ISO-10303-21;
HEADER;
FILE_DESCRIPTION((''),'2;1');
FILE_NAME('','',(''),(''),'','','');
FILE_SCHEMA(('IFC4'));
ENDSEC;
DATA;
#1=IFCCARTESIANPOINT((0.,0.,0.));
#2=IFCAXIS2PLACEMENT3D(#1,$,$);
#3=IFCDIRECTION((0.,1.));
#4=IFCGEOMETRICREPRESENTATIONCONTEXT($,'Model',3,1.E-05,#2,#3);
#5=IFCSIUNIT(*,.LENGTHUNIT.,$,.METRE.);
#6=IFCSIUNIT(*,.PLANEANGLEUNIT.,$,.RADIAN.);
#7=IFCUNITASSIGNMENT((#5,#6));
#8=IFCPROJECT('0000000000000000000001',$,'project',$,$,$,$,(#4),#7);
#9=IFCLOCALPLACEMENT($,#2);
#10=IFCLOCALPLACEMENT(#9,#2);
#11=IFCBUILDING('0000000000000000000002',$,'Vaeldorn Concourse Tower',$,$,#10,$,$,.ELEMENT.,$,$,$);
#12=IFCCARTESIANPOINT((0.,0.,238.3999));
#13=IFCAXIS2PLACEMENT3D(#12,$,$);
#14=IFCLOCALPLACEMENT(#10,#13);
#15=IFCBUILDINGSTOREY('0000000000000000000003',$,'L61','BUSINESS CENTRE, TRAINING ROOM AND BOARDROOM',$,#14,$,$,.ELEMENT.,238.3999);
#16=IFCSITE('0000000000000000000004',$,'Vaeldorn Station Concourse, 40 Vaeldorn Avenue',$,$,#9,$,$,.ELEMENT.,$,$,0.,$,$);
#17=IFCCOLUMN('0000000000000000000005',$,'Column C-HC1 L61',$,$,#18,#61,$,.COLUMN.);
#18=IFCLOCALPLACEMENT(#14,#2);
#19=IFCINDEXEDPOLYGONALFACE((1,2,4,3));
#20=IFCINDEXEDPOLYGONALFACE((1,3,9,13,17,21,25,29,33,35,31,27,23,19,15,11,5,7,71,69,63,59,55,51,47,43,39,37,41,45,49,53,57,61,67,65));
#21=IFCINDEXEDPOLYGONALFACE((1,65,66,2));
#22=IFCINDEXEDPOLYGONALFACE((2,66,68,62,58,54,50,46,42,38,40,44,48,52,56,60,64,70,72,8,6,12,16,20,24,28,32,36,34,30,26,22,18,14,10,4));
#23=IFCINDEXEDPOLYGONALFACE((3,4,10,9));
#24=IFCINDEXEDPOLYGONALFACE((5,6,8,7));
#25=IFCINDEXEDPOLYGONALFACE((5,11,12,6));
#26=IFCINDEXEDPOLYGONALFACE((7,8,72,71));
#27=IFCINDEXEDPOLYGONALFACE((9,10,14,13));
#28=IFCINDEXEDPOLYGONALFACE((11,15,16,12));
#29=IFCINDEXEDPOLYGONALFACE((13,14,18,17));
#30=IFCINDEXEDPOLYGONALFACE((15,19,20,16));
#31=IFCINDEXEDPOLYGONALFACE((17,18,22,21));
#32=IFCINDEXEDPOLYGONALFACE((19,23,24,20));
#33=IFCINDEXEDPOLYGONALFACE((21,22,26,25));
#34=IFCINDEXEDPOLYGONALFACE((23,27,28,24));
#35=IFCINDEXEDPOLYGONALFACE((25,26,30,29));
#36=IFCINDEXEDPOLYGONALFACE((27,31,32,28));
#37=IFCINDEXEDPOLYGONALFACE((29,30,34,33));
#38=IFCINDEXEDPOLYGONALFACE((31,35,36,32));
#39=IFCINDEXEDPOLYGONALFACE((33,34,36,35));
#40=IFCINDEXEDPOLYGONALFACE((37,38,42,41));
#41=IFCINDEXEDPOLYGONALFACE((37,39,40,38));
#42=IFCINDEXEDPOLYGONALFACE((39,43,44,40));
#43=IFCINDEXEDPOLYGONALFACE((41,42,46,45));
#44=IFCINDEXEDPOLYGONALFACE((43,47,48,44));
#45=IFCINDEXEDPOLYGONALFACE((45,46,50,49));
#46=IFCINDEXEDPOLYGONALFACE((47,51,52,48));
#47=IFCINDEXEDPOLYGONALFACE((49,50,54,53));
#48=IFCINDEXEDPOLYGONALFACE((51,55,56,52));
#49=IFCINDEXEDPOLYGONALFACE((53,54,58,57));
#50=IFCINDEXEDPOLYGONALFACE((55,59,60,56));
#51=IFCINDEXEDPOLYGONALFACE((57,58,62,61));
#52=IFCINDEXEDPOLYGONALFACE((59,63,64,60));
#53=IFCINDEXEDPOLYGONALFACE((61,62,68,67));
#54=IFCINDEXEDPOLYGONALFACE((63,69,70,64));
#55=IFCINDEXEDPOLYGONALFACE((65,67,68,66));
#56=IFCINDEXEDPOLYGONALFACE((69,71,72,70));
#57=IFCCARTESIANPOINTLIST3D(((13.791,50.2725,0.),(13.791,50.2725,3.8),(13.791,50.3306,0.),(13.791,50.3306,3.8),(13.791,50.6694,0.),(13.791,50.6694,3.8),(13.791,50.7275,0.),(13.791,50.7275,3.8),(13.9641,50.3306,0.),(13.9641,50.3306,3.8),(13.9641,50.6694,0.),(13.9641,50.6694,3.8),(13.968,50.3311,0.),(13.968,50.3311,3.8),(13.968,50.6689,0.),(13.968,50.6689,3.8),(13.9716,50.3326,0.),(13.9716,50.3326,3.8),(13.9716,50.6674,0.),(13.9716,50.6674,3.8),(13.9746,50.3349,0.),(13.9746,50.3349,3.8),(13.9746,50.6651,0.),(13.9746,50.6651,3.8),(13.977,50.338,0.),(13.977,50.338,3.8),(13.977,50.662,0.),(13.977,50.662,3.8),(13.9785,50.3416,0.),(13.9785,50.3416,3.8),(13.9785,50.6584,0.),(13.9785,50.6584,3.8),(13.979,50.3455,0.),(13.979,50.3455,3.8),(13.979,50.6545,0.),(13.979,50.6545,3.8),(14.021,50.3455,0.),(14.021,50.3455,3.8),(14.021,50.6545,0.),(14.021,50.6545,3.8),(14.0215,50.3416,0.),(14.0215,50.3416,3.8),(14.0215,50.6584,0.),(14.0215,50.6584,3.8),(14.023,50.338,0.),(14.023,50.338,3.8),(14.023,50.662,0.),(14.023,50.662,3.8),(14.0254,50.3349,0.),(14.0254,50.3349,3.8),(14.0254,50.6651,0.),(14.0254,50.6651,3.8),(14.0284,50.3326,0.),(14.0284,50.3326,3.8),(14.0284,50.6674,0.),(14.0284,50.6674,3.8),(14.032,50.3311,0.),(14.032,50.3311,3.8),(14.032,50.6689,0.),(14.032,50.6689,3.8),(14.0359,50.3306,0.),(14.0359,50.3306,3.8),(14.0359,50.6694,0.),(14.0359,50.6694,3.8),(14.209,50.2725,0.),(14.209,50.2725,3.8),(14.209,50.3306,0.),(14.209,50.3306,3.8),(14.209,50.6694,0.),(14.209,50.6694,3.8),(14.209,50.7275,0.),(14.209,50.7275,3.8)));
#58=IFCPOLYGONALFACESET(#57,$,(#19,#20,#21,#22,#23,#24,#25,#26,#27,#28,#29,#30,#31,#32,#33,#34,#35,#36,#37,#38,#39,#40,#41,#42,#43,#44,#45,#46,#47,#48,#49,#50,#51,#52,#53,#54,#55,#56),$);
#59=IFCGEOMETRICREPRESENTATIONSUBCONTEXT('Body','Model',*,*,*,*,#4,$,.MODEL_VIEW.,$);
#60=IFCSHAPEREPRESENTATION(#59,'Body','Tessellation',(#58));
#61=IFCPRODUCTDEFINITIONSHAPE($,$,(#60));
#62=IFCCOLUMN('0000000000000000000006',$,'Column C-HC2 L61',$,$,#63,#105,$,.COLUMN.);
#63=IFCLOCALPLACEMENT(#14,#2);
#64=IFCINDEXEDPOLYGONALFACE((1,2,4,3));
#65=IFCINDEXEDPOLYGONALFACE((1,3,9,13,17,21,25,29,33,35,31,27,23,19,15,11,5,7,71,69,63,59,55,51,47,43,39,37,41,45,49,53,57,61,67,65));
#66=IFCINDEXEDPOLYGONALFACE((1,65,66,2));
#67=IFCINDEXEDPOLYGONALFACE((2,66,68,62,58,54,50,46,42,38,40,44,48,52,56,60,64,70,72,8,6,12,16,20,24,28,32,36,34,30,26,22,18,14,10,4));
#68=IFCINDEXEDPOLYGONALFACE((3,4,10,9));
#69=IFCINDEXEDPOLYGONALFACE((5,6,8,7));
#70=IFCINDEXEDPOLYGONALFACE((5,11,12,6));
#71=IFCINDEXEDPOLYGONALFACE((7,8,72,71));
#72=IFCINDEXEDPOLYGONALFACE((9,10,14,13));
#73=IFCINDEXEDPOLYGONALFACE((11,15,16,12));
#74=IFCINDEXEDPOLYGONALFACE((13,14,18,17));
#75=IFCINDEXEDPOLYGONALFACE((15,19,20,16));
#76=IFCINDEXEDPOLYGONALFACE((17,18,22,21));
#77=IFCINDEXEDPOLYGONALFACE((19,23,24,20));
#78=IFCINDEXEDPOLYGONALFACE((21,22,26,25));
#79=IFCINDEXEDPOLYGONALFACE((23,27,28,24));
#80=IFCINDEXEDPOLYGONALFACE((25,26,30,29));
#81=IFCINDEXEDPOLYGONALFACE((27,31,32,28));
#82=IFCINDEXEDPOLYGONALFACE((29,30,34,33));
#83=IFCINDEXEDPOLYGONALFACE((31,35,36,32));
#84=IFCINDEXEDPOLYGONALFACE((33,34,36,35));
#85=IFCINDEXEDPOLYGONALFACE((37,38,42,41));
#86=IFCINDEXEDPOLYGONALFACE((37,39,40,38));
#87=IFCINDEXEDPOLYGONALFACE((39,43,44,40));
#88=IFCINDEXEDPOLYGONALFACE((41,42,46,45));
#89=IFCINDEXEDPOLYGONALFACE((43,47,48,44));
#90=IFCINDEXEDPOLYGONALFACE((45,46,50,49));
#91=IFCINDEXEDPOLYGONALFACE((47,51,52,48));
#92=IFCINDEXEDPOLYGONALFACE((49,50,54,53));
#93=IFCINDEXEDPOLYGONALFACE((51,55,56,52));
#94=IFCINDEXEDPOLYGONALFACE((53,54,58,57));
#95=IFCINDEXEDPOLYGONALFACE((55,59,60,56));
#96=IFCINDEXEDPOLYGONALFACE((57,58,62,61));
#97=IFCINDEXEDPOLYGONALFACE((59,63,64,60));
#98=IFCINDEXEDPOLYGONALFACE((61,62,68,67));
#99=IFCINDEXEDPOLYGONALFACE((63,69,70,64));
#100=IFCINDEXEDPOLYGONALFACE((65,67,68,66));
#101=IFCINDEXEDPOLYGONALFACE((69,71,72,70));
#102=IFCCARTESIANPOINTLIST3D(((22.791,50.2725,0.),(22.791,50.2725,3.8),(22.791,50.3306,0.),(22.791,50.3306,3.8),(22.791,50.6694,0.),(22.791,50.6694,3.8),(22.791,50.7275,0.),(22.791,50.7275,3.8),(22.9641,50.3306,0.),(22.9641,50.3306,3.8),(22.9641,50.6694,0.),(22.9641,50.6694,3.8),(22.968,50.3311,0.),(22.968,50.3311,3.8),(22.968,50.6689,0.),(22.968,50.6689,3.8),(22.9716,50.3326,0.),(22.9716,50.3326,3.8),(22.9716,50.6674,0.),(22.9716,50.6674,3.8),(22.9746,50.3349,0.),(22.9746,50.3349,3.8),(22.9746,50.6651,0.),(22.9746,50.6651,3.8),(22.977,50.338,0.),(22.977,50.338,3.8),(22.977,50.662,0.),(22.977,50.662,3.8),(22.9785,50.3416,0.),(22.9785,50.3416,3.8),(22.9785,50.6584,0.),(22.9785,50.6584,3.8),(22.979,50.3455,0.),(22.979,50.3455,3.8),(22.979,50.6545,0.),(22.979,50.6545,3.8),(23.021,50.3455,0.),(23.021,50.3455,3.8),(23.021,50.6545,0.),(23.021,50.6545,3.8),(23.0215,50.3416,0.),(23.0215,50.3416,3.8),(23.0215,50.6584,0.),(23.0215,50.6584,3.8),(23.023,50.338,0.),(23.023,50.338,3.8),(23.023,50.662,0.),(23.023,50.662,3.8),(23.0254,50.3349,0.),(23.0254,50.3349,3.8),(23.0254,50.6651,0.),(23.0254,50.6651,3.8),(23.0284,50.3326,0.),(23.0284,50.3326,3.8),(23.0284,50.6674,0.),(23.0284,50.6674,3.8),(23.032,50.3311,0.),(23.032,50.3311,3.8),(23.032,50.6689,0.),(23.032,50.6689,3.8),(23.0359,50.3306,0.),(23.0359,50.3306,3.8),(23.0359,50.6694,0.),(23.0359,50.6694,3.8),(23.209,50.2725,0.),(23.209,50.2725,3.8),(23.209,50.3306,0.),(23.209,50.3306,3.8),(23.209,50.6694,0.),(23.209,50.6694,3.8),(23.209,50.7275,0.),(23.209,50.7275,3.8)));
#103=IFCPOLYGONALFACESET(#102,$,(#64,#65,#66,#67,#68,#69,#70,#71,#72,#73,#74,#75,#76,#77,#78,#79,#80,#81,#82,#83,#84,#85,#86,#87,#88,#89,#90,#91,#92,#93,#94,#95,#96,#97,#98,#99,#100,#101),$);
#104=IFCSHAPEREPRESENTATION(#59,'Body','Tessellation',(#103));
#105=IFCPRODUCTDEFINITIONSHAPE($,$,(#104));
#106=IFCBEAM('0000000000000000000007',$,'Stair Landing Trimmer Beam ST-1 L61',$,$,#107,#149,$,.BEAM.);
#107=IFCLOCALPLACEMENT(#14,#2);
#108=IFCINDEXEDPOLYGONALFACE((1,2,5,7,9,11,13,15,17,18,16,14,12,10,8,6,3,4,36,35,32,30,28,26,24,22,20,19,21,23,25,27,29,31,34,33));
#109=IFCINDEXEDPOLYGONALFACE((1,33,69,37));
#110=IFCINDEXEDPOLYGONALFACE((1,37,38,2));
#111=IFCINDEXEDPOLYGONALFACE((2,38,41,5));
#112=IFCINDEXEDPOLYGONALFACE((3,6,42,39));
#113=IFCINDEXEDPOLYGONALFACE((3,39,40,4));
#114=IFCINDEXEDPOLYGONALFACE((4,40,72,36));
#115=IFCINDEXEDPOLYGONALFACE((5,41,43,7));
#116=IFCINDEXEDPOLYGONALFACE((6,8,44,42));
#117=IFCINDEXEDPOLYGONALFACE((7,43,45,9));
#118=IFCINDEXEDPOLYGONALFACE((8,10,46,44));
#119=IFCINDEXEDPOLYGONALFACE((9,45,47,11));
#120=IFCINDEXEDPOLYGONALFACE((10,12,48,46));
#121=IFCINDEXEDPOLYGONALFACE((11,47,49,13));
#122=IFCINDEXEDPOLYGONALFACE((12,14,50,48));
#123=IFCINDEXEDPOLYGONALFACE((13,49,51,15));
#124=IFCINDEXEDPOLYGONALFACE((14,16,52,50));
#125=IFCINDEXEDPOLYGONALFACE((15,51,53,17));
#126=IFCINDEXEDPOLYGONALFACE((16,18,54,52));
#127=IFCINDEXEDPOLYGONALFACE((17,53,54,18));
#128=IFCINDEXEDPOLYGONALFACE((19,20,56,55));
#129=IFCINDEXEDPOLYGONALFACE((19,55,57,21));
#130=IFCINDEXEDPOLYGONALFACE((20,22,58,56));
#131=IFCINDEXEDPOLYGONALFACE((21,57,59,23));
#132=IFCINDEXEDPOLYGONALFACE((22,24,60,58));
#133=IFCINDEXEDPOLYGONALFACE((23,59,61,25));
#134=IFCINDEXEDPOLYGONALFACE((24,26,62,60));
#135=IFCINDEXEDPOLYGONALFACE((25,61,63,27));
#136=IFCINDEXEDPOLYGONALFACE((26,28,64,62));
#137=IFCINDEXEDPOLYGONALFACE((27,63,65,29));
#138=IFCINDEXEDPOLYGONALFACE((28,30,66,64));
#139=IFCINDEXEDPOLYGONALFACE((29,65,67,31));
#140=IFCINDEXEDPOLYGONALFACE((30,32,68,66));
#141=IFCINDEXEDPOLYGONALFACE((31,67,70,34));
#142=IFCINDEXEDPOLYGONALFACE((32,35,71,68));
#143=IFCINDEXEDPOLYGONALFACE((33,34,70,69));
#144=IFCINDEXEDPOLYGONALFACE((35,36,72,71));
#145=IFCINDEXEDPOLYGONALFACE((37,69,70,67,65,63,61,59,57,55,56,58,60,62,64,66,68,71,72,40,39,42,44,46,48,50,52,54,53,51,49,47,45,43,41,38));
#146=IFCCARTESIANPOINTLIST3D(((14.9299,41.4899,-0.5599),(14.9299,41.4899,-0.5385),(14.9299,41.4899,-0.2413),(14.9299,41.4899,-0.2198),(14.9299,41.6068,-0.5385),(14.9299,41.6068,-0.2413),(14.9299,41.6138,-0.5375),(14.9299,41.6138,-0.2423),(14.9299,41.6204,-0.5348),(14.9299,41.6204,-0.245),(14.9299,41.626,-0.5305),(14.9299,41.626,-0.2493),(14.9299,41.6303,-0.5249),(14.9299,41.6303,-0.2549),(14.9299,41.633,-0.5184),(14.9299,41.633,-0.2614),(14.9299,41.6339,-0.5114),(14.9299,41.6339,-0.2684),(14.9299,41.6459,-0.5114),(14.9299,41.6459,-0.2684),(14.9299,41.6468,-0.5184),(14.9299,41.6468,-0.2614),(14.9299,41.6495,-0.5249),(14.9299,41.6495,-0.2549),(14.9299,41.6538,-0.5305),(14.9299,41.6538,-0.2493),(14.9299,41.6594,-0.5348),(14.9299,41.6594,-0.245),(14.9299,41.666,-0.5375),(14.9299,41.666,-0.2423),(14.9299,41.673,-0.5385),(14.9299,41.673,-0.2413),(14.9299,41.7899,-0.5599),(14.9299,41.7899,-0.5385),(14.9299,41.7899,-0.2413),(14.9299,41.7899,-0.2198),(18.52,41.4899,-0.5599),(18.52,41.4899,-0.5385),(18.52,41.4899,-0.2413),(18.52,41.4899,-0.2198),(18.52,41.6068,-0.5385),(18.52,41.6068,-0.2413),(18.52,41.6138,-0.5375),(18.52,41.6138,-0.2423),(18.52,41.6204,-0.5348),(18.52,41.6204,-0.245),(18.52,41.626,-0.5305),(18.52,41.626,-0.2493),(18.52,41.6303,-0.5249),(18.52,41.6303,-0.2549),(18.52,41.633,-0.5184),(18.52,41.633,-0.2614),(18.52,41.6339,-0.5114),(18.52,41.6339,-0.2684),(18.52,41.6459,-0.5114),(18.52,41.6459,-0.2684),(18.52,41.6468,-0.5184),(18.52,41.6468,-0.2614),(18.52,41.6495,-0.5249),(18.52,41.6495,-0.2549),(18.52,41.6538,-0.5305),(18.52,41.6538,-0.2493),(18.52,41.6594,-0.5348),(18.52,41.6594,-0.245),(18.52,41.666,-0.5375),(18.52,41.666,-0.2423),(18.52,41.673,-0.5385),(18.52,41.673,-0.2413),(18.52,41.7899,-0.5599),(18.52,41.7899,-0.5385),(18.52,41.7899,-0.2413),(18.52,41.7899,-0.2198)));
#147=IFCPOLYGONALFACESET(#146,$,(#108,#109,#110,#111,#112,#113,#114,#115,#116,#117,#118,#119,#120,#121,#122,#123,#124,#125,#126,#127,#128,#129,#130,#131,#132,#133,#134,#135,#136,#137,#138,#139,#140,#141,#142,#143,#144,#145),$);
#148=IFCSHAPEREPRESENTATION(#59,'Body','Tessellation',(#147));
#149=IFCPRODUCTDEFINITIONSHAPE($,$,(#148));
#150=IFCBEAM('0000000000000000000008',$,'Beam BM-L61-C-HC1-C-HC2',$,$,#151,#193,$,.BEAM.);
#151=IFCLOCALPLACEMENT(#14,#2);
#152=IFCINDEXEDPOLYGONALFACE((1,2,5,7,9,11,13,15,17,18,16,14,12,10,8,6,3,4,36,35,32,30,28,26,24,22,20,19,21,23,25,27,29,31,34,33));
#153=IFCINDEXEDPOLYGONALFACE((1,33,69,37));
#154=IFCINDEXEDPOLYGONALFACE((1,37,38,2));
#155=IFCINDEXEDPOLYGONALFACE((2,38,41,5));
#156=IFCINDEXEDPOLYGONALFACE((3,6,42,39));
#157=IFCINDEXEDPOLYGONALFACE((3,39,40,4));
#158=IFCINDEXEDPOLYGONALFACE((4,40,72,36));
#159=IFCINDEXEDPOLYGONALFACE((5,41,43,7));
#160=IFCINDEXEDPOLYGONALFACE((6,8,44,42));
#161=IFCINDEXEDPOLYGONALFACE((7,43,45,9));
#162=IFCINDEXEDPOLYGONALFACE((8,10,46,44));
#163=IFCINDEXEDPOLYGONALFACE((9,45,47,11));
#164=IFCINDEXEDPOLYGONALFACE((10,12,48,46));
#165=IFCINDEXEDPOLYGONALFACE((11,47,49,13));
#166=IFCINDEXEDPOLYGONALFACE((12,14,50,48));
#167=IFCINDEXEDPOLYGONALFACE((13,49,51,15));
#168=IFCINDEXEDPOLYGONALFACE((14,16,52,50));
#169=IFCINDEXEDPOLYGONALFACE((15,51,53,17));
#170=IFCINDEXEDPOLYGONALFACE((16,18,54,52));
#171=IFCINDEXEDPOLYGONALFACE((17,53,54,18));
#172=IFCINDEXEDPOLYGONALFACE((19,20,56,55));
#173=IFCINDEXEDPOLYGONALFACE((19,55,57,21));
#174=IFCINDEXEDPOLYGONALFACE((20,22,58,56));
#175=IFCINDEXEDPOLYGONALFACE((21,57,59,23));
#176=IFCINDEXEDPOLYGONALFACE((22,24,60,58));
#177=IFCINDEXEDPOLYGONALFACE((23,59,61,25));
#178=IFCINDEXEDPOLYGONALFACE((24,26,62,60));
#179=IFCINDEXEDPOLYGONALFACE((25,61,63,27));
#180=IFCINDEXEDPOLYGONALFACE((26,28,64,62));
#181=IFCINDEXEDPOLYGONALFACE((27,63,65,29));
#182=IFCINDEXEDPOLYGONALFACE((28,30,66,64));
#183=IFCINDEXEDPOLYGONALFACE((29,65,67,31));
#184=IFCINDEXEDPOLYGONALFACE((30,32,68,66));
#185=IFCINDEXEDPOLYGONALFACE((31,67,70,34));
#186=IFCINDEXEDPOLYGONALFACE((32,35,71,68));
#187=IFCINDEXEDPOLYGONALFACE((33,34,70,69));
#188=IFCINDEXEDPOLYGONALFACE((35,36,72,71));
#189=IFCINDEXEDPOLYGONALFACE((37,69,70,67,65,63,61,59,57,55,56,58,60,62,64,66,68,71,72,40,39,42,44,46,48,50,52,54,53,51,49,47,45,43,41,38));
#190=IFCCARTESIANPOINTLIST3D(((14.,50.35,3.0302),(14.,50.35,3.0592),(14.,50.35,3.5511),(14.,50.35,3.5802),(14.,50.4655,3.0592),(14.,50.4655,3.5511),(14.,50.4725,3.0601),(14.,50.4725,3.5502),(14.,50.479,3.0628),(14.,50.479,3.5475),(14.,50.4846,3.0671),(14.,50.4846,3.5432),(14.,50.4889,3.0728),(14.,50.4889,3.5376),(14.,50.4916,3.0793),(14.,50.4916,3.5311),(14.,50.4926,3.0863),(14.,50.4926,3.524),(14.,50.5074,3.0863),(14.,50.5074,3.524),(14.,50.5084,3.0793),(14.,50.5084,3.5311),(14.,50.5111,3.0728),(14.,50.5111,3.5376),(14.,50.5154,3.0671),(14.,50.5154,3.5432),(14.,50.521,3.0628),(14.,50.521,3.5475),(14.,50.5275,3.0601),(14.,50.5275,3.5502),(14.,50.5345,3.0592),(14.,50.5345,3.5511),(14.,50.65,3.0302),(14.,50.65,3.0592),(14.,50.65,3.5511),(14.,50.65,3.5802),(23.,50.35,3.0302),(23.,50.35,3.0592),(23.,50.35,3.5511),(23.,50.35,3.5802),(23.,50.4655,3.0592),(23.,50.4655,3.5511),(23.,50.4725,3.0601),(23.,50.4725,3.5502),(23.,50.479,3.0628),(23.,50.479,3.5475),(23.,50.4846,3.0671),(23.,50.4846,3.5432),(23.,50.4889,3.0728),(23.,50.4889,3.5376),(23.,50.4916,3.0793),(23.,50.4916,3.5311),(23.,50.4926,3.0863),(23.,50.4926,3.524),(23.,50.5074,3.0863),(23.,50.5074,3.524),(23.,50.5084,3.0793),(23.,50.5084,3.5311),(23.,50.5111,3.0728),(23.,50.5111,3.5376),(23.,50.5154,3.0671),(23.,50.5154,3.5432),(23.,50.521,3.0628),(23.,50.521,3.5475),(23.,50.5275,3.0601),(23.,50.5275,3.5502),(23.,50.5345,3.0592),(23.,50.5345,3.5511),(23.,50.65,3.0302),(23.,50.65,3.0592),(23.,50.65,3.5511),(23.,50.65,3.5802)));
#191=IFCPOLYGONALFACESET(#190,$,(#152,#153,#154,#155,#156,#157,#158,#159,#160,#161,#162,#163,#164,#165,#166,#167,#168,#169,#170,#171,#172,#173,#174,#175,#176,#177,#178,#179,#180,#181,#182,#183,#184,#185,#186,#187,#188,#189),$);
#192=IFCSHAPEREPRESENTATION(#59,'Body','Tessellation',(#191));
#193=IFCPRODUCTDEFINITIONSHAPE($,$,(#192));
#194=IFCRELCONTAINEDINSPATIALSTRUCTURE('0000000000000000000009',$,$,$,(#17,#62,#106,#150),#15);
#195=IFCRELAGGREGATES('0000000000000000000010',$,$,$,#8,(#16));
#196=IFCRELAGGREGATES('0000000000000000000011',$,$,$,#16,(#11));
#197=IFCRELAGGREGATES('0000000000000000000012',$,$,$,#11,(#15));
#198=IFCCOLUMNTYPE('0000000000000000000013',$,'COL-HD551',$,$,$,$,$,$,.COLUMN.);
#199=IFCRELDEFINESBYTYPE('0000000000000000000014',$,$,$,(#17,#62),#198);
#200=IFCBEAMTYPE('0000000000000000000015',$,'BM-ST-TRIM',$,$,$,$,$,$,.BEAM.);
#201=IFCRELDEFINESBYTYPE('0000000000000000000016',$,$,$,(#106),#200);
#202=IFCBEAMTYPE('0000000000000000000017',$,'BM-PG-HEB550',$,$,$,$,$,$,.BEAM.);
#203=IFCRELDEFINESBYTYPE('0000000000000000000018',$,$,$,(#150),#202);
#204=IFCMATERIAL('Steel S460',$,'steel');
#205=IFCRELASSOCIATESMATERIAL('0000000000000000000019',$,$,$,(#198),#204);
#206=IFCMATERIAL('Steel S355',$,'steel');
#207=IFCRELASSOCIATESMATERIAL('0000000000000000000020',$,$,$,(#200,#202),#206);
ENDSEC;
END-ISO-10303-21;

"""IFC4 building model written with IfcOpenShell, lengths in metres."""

from ifc_helpers import new_model, si_unit, direction, frame, origin, origin_2d, place, context, subcontext, project, spatial, i_section, extrude, source, transform, mapped, material, material_profile, profile_set, type_object, element, save


model = new_model("IFC4")

# Units and contexts
model_context = context("Model", 3, precision=1e-05, world=origin(), true_north=direction((0.0, 1.0)))
body_context = subcontext(model_context, "Body", "Model", "MODEL_VIEW")
ifc_project = project(units=[si_unit("LENGTHUNIT", "METRE"), si_unit("PLANEANGLEUNIT", "RADIAN")], contexts=[model_context])

# Site, building, storey
site_placement = place(None, origin())
site = spatial("IfcSite", under=ifc_project, at=site_placement, Name="Vaeldorn Station Concourse, 40 Vaeldorn Avenue", CompositionType="ELEMENT", RefElevation=0.0)
building_placement = place(site_placement, origin())
building = spatial("IfcBuilding", under=site, at=building_placement, Name="Vaeldorn Concourse Tower", CompositionType="ELEMENT")
storey_placement = place(building_placement, frame((0.0, 0.0, 238.3999)))
storey = spatial("IfcBuildingStorey", under=building, at=storey_placement, Name="L61", Description="BUSINESS CENTRE, TRAINING ROOM AND BOARDROOM", CompositionType="ELEMENT", Elevation=238.3999)

# Columns
ifc_material_1 = material(Name="Steel S460", Category="steel")
ifc_material_profile_1 = material_profile(ifc_material_1, i_section(OverallWidth=0.418, OverallDepth=0.4551, WebThickness=0.042, FlangeThickness=0.0581, FilletRadius=0.0149, at=origin_2d()), Name="HD 400x551")
ifc_profile_set_1 = profile_set([ifc_material_profile_1], Name="Steel S460")
column_type = type_object("IfcColumnType", Name="COL-HD551", PredefinedType="COLUMN", material=ifc_profile_set_1)
shared_shape_1 = source(origin(), body_context, "Body", "SweptSolid", [
    extrude(i_section(OverallWidth=0.418, OverallDepth=0.4551, WebThickness=0.042, FlangeThickness=0.0581, FilletRadius=0.0149, at=origin_2d()), origin(), (0.0, 0.0, 1.0), 3.8),
])
for number, where, z_axis, x_axis, name in (
    (1, (14.0, 50.5, 0.0), (0.0, 0.0, 1.0), (1.0, 0.0, 0.0), "Column C-HC1 L61"),
    (2, (23.0, 50.5, 0.0), (0.0, 0.0, 1.0), (1.0, 0.0, 0.0), "Column C-HC2 L61"),
):
    element("IfcColumn", number, at=place(storey_placement, frame(where, z_axis=z_axis, x_axis=x_axis)), inside=storey, type_object=column_type, Name=name, PredefinedType="COLUMN", context=body_context, shape_type="MappedRepresentation", body=[
        mapped(shared_shape_1, transform((0.0, 0.0, 0.0), scale=1.0)),
    ])

# Beams
ifc_material_2 = material(Name="Steel S355", Category="steel")
ifc_material_profile_2 = material_profile(ifc_material_2, i_section(OverallWidth=0.3, OverallDepth=0.3401, WebThickness=0.012, FlangeThickness=0.0215, FilletRadius=0.0271, at=origin_2d()), Name="HEB 340")
ifc_profile_set_2 = profile_set([ifc_material_profile_2], Name="Steel S355")
beam_type_1 = type_object("IfcBeamType", Name="BM-ST-TRIM", PredefinedType="BEAM", material=ifc_profile_set_2)
shared_shape_2 = source(origin(), body_context, "Body", "SweptSolid", [
    extrude(i_section(OverallWidth=0.3, OverallDepth=0.3401, WebThickness=0.012, FlangeThickness=0.0215, FilletRadius=0.0271, at=origin_2d()), origin(), (0.0, 0.0, 1.0), 3.5901),
])
beam_1_placement = place(storey_placement, frame((14.9299, 41.6399, -0.3899), z_axis=(1.0, 0.0, 0.0), x_axis=(0.0, 1.0, 0.0)))
element("IfcBeam", 3, at=beam_1_placement, inside=storey, type_object=beam_type_1, Name="Stair Landing Trimmer Beam ST-1 L61", PredefinedType="BEAM", context=body_context, shape_type="MappedRepresentation", body=[
    mapped(shared_shape_2, transform((0.0, 0.0, 0.0), scale=1.0)),
])
ifc_material_profile_3 = material_profile(ifc_material_2, i_section(OverallWidth=0.3, OverallDepth=0.55, WebThickness=0.0149, FlangeThickness=0.0291, FilletRadius=0.0271, at=origin_2d()), Name="HEB 550")
ifc_profile_set_3 = profile_set([ifc_material_profile_3], Name="Steel S355")
beam_type_2 = type_object("IfcBeamType", Name="BM-PG-HEB550", PredefinedType="BEAM", material=ifc_profile_set_3)
shared_shape_3 = source(origin(), body_context, "Body", "SweptSolid", [
    extrude(i_section(OverallWidth=0.3, OverallDepth=0.55, WebThickness=0.0149, FlangeThickness=0.0291, FilletRadius=0.0271, at=origin_2d()), origin(), (0.0, 0.0, 1.0), 9.0),
])
beam_2_placement = place(storey_placement, frame((14.0, 50.5, 3.3052), z_axis=(1.0, 0.0, 0.0), x_axis=(0.0, 1.0, 0.0)))
element("IfcBeam", 4, at=beam_2_placement, inside=storey, type_object=beam_type_2, Name="Beam BM-L61-C-HC1-C-HC2", PredefinedType="BEAM", context=body_context, shape_type="MappedRepresentation", body=[
    mapped(shared_shape_3, transform((0.0, 0.0, 0.0), scale=1.0)),
])

save(model, "model.ifc")
